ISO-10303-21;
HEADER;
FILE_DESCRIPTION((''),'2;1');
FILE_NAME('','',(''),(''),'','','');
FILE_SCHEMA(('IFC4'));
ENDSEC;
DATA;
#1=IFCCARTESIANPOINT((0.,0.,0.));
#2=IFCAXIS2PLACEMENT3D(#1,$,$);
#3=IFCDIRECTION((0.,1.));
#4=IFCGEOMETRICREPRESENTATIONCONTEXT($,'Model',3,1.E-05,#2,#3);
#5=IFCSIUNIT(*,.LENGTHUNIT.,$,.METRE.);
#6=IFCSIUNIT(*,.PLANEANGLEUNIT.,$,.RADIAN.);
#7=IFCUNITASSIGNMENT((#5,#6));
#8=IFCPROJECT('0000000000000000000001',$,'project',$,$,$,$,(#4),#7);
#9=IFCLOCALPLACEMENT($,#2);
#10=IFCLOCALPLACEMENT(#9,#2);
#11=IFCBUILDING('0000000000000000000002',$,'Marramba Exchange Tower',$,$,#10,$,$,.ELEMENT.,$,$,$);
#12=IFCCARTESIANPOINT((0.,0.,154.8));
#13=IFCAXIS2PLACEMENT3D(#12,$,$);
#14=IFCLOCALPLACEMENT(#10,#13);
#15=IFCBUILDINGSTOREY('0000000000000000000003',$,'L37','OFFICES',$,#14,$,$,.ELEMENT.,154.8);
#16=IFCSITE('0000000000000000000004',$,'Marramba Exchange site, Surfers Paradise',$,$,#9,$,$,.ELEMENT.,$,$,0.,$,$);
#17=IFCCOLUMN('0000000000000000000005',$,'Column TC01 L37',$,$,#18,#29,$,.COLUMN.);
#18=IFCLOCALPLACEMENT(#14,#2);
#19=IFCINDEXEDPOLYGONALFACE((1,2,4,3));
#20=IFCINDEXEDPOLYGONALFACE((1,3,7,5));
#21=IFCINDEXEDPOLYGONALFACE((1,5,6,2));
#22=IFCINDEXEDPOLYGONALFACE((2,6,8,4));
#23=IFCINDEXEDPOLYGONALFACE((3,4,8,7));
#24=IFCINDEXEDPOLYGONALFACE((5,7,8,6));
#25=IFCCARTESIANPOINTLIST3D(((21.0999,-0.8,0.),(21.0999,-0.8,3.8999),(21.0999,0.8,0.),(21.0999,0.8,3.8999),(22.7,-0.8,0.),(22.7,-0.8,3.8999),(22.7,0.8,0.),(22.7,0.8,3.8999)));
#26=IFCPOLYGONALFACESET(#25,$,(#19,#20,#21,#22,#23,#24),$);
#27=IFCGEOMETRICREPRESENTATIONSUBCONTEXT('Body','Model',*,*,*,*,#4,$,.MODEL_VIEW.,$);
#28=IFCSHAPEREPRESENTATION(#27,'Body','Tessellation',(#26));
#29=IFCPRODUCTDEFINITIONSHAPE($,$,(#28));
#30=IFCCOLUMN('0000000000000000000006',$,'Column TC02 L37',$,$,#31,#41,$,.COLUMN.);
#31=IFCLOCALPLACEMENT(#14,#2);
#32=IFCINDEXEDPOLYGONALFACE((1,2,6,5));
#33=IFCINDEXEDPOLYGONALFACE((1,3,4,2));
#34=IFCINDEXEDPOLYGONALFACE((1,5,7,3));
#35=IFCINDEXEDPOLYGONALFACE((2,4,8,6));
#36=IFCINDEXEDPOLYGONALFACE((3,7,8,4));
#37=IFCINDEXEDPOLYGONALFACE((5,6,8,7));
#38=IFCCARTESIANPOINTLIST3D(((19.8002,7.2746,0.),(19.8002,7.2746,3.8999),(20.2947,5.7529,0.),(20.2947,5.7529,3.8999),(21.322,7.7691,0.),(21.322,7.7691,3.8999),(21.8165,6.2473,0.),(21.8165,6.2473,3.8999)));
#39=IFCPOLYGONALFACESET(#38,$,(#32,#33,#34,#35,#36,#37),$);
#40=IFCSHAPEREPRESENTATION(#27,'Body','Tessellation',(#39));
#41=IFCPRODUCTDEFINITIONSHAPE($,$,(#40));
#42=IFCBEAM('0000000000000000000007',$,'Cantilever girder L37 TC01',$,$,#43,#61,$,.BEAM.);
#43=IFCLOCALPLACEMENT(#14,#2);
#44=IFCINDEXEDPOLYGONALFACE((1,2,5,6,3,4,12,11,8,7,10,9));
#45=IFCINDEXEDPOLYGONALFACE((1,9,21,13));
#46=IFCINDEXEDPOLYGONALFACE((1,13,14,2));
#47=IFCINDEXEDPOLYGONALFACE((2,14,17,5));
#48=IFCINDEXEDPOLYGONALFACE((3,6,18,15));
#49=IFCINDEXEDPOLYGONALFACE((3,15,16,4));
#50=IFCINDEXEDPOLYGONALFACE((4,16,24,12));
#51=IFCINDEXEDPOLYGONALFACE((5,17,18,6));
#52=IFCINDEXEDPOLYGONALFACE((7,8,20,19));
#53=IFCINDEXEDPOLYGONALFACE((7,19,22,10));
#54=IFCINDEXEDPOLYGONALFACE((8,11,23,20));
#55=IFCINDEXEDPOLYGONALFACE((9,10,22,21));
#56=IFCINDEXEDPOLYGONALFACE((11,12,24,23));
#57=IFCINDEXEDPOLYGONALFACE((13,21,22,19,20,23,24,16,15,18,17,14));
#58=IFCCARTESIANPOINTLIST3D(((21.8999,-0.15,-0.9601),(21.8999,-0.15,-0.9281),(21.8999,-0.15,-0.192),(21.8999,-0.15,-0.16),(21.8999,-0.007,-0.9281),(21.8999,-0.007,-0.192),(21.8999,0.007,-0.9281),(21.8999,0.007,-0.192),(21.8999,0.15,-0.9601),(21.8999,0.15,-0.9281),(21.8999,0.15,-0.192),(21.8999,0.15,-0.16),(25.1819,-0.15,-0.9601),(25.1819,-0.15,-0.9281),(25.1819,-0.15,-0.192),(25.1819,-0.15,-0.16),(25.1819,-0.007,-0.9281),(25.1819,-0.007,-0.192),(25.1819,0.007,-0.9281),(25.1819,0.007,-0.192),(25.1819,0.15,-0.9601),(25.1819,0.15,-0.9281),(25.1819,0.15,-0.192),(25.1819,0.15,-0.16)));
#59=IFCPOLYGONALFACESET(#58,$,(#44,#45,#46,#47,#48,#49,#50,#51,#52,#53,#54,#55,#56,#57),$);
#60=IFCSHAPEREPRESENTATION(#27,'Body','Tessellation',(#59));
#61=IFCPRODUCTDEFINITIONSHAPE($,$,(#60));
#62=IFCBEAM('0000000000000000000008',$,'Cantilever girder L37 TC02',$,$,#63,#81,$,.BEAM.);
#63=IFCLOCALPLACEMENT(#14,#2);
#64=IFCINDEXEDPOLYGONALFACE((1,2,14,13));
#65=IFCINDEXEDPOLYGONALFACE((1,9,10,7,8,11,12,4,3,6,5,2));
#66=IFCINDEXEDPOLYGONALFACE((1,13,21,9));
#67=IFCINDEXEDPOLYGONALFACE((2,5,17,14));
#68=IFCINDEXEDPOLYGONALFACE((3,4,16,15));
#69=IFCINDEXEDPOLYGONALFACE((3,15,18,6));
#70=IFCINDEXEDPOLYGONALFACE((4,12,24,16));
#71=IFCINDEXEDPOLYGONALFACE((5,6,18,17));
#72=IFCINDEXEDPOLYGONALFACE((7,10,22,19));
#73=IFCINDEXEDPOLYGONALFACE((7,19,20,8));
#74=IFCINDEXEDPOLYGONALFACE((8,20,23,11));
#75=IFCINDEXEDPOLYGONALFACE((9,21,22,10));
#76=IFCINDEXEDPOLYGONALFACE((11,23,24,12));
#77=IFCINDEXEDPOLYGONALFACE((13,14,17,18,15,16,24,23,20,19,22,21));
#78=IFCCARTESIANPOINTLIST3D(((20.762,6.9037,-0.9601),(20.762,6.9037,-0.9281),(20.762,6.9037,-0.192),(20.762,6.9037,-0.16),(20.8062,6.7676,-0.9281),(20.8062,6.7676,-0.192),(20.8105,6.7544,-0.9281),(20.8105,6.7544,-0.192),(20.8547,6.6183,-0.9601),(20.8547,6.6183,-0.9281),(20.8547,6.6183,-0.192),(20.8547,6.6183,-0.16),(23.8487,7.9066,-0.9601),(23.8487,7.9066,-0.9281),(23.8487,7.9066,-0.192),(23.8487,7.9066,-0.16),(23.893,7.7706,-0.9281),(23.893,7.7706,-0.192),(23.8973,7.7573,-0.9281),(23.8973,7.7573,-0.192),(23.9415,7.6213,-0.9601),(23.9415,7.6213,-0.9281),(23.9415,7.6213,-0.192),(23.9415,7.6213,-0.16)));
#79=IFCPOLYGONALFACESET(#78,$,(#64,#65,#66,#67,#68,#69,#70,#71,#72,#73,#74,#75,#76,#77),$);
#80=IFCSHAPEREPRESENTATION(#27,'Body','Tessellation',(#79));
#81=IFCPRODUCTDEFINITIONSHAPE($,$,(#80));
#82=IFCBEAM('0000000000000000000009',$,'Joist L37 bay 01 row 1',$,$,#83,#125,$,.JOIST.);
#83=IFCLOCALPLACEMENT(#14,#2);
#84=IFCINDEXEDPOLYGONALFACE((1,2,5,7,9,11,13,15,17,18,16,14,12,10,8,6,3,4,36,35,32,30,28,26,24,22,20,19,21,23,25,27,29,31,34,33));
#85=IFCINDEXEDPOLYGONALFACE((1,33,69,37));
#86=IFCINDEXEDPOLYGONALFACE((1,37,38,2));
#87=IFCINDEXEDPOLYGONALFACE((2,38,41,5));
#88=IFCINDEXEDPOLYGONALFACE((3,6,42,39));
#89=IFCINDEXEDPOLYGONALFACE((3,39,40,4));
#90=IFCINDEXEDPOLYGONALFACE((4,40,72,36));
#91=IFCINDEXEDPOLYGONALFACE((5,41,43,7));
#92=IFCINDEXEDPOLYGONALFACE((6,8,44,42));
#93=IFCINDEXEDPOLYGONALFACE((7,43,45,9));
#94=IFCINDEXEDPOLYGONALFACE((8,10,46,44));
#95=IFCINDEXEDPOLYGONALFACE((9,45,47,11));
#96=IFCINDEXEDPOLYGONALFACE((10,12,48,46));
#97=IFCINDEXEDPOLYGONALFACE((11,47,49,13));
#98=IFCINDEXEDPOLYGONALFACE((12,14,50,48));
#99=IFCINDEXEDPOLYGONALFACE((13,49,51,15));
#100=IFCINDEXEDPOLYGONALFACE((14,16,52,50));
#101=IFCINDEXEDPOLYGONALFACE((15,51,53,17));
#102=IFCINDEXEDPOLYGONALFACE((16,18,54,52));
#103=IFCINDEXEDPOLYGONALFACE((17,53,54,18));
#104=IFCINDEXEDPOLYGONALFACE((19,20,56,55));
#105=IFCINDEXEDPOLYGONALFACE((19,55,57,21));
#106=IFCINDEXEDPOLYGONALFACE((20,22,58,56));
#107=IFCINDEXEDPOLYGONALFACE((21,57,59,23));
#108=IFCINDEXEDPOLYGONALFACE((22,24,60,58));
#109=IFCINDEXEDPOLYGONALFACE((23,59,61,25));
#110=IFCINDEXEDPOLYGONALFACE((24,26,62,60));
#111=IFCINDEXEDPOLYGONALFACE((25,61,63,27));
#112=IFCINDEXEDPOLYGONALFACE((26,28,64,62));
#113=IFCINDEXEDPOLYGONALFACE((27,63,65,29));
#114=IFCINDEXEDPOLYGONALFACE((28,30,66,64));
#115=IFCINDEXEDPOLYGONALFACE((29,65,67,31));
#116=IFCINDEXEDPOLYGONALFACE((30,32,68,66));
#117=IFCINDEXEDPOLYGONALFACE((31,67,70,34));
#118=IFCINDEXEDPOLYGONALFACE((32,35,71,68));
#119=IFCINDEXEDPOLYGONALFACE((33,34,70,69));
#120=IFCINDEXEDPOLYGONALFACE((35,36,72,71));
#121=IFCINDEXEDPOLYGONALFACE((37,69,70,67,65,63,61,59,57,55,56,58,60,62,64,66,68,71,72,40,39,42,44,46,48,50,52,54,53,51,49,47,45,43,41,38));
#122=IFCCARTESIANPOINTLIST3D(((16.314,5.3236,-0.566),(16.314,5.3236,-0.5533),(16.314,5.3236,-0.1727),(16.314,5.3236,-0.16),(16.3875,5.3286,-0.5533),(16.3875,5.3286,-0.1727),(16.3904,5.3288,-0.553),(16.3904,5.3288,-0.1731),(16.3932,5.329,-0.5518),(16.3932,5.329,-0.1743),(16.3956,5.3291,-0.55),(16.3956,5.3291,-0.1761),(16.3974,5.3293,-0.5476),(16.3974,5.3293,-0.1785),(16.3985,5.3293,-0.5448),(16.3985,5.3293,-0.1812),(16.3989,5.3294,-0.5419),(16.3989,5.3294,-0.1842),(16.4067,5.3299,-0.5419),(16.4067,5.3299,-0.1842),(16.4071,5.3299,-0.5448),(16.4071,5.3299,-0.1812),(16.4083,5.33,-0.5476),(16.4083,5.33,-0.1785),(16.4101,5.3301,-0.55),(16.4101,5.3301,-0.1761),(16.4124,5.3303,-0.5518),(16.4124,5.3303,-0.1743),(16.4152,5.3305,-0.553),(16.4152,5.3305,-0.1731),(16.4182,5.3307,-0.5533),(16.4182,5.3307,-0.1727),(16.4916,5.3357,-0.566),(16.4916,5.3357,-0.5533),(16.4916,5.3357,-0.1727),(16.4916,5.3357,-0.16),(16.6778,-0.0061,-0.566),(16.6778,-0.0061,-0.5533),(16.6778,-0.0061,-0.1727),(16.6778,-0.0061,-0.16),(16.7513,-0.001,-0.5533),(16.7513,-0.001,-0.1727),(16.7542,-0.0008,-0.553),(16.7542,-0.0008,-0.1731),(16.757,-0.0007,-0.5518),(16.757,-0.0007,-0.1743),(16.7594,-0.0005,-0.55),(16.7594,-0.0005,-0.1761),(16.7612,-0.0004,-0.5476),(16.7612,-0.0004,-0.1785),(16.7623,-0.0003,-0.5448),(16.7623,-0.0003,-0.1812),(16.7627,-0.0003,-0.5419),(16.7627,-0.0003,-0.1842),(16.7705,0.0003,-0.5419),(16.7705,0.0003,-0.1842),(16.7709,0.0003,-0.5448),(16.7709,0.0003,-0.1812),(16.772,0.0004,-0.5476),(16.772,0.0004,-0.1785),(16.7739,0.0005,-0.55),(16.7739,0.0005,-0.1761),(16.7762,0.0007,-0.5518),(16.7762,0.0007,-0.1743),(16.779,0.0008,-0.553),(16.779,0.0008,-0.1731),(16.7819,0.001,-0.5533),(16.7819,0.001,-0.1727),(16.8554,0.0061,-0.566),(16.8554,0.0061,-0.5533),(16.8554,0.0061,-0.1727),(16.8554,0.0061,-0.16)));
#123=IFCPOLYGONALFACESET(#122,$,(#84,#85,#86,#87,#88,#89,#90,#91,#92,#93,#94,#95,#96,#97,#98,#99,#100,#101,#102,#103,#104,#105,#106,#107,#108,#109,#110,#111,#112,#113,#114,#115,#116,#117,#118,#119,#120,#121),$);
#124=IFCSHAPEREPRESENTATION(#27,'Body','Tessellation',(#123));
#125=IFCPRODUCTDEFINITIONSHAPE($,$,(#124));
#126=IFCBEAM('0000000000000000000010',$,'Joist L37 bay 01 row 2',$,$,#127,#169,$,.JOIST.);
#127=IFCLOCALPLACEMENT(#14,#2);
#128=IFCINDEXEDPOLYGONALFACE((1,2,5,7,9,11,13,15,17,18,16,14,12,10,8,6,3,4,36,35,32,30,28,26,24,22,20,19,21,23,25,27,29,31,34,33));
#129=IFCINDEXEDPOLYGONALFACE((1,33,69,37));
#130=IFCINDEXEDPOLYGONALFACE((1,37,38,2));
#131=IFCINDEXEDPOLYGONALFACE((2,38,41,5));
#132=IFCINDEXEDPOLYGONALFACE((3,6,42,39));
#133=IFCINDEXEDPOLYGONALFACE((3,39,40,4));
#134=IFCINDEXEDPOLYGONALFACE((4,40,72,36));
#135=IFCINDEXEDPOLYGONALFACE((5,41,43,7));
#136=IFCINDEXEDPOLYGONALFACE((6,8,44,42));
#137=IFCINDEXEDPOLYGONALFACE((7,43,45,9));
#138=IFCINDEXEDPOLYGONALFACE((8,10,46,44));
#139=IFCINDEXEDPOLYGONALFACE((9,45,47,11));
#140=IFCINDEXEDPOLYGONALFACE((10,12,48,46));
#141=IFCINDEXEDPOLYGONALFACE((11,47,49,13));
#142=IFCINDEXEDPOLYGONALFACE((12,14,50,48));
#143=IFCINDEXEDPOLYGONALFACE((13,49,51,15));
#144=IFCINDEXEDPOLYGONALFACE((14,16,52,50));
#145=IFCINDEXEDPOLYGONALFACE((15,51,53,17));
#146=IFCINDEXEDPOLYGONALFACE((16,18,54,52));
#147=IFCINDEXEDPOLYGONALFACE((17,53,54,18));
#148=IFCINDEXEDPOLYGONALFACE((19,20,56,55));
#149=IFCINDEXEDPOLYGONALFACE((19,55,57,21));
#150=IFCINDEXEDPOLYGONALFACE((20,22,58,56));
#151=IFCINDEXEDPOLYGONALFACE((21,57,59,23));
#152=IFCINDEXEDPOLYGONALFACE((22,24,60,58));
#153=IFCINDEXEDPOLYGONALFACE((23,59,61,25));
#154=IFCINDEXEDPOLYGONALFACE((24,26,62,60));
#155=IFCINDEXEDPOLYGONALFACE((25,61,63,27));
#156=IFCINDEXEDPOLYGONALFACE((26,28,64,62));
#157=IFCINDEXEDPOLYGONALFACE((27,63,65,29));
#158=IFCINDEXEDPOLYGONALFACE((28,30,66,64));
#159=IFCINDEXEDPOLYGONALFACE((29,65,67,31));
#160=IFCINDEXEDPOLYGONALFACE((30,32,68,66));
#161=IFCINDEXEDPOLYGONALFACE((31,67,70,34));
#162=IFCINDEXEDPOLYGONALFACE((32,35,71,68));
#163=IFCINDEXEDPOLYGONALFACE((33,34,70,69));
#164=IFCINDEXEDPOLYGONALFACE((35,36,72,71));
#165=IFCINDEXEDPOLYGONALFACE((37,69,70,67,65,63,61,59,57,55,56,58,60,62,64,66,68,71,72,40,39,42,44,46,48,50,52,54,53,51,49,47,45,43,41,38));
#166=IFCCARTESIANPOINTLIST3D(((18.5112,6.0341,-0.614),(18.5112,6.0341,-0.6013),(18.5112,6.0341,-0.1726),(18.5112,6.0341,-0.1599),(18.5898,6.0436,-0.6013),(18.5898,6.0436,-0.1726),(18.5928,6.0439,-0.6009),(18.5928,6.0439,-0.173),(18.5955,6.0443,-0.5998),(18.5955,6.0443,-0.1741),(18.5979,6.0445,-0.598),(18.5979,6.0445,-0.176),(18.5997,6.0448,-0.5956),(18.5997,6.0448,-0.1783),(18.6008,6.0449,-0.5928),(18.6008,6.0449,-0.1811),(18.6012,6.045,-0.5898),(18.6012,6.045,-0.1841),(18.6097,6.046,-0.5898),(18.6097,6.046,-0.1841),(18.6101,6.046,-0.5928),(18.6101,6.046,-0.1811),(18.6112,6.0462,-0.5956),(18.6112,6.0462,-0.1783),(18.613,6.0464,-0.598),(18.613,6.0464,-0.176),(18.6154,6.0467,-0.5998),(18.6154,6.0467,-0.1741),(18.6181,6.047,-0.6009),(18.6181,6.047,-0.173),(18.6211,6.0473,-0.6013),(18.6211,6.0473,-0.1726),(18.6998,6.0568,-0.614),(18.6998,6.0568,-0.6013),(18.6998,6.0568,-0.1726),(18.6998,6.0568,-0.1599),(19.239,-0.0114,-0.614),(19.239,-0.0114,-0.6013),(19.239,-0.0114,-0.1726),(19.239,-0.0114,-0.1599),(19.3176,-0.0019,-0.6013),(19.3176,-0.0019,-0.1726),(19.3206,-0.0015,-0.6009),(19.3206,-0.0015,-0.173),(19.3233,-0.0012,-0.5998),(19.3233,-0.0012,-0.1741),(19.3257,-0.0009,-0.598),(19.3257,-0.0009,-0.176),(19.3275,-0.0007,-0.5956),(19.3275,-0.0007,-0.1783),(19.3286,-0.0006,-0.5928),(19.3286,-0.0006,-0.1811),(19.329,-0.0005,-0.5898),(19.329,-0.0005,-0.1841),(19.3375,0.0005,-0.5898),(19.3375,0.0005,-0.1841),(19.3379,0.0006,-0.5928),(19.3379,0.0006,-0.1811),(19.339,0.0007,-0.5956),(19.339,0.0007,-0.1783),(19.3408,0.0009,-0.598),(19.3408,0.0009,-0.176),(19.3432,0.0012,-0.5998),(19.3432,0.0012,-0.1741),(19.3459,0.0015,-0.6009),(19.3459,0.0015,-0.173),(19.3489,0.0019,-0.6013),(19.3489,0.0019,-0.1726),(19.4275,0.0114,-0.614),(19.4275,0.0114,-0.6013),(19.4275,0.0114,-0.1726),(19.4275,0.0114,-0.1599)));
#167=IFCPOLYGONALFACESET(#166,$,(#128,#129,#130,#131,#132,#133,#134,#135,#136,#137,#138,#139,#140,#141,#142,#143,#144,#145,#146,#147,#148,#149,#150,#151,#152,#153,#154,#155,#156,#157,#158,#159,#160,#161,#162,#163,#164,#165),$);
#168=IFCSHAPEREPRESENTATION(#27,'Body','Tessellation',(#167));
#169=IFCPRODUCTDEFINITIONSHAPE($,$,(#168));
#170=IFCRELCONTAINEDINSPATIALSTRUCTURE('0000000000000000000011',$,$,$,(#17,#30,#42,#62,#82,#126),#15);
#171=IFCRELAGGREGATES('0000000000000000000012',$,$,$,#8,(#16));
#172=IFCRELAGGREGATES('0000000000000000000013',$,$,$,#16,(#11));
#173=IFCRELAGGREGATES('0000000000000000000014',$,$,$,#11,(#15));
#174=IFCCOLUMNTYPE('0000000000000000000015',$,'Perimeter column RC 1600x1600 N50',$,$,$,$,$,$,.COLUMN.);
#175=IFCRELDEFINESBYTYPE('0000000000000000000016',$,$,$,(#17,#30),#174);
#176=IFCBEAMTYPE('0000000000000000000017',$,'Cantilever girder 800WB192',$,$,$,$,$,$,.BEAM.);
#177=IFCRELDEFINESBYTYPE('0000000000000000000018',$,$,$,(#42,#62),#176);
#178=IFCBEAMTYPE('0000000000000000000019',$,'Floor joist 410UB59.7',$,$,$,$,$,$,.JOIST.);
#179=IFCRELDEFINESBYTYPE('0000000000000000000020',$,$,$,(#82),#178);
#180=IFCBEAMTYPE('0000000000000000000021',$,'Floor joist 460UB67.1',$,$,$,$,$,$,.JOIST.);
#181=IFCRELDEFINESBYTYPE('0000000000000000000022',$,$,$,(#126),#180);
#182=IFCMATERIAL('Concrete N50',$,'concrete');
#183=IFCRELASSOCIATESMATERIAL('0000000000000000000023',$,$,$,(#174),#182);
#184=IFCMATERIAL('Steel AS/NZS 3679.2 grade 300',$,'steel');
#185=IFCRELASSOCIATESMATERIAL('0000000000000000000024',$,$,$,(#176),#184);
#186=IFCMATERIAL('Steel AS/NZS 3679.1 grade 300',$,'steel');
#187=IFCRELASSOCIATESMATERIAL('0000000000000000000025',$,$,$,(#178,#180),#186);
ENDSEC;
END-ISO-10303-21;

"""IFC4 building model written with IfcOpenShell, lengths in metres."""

from ifc_helpers import new_model, si_unit, direction, frame, origin, origin_2d, place, context, subcontext, project, spatial, rectangle, i_section, extrude, material, material_profile, profile_set, type_object, element, save


model = new_model("IFC4")

# Units and contexts
model_context = context("Model", 3, precision=1e-05, world=origin(), true_north=direction((0.0, 1.0)))
body_context = subcontext(model_context, "Body", "Model", "MODEL_VIEW")
ifc_project = project(units=[si_unit("LENGTHUNIT", "METRE"), si_unit("PLANEANGLEUNIT", "RADIAN")], contexts=[model_context])

# Site, building, storey
site_placement = place(None, origin())
site = spatial("IfcSite", under=ifc_project, at=site_placement, Name="Marramba Exchange site, Surfers Paradise", CompositionType="ELEMENT", RefElevation=0.0)
building_placement = place(site_placement, origin())
building = spatial("IfcBuilding", under=site, at=building_placement, Name="Marramba Exchange Tower", CompositionType="ELEMENT")
storey_placement = place(building_placement, frame((0.0, 0.0, 154.8)))
storey = spatial("IfcBuildingStorey", under=building, at=storey_placement, Name="L37", Description="OFFICES", CompositionType="ELEMENT", Elevation=154.8)

# Columns
ifc_material_1 = material(Name="Concrete N50", Category="concrete")
ifc_material_profile_1 = material_profile(ifc_material_1, rectangle(XDim=1.6001, YDim=1.6001, at=origin_2d()), Name="RC 1600x1600")
ifc_profile_set_1 = profile_set([ifc_material_profile_1], Name="Concrete N50")
column_type = type_object("IfcColumnType", Name="Perimeter column RC 1600x1600 N50", PredefinedType="COLUMN", material=ifc_profile_set_1)
for number, where, z_axis, x_axis, name in (
    (1, (21.8999, 0.0, 0.0), (0.0, 0.0, 1.0), (1.0, 0.0, 0.0), "Column TC01 L37"),
    (2, (20.8083, 6.761, 0.0), (0.0, 0.0, 1.0), (0.951057, 0.309017, 0.0), "Column TC02 L37"),
):
    element("IfcColumn", number, at=place(storey_placement, frame(where, z_axis=z_axis, x_axis=x_axis)), inside=storey, type_object=column_type, Name=name, PredefinedType="COLUMN", context=body_context, shape_type="SweptSolid", body=[
        extrude(rectangle(XDim=1.6001, YDim=1.6001, at=origin_2d()), origin(), (0.0, 0.0, 1.0), 3.8999),
    ])

# Beams
ifc_material_2 = material(Name="Steel AS/NZS 3679.2 grade 300", Category="steel")
ifc_material_profile_2 = material_profile(ifc_material_2, i_section(OverallWidth=0.3, OverallDepth=0.8, WebThickness=0.0139, FlangeThickness=0.032, at=origin_2d()), Name="800WB192")
ifc_profile_set_2 = profile_set([ifc_material_profile_2], Name="Steel AS/NZS 3679.2 grade 300")
beam_type_1 = type_object("IfcBeamType", Name="Cantilever girder 800WB192", PredefinedType="BEAM", material=ifc_profile_set_2)
beam_1_placement = place(storey_placement, frame((21.8999, 0.0, -0.5601), z_axis=(1.0, 0.0, 0.0), x_axis=(0.0, 1.0, 0.0)))
element("IfcBeam", 3, at=beam_1_placement, inside=storey, type_object=beam_type_1, Name="Cantilever girder L37 TC01", PredefinedType="BEAM", context=body_context, shape_type="SweptSolid", body=[
    extrude(i_section(OverallWidth=0.3, OverallDepth=0.8, WebThickness=0.0139, FlangeThickness=0.032, at=origin_2d()), origin(), (0.0, 0.0, 1.0), 3.282),
])
beam_2_placement = place(storey_placement, frame((20.8083, 6.761, -0.5601), z_axis=(0.951056, 0.30902, 0.0), x_axis=(-0.30902, 0.951056, 0.0)))
element("IfcBeam", 4, at=beam_2_placement, inside=storey, type_object=beam_type_1, Name="Cantilever girder L37 TC02", PredefinedType="BEAM", context=body_context, shape_type="SweptSolid", body=[
    extrude(i_section(OverallWidth=0.3, OverallDepth=0.8, WebThickness=0.0139, FlangeThickness=0.032, at=origin_2d()), origin(), (0.0, 0.0, 1.0), 3.2456),
])
ifc_material_3 = material(Name="Steel AS/NZS 3679.1 grade 300", Category="steel")
ifc_material_profile_3 = material_profile(ifc_material_3, i_section(OverallWidth=0.178, OverallDepth=0.406, WebThickness=0.0078, FlangeThickness=0.0127, FilletRadius=0.0115, at=origin_2d()), Name="410UB59.7")
ifc_profile_set_3 = profile_set([ifc_material_profile_3], Name="Steel AS/NZS 3679.1 grade 300")
beam_type_2 = type_object("IfcBeamType", Name="Floor joist 410UB59.7", PredefinedType="JOIST", material=ifc_profile_set_3)
beam_3_placement = place(storey_placement, frame((16.7666, 0.0, -0.363), z_axis=(-0.068096, 0.997679, 0.0), x_axis=(-0.997679, -0.068096, 0.0)))
element("IfcBeam", 5, at=beam_3_placement, inside=storey, type_object=beam_type_2, Name="Joist L37 bay 01 row 1", PredefinedType="JOIST", context=body_context, shape_type="SweptSolid", body=[
    extrude(i_section(OverallWidth=0.178, OverallDepth=0.406, WebThickness=0.0078, FlangeThickness=0.0127, FilletRadius=0.0115, at=origin_2d()), origin(), (0.0, 0.0, 1.0), 5.342),
])
ifc_material_profile_4 = material_profile(ifc_material_3, i_section(OverallWidth=0.1899, OverallDepth=0.4541, WebThickness=0.0085, FlangeThickness=0.0127, FilletRadius=0.0115, at=origin_2d()), Name="460UB67.1")
ifc_profile_set_4 = profile_set([ifc_material_profile_4], Name="Steel AS/NZS 3679.1 grade 300")
beam_type_3 = type_object("IfcBeamType", Name="Floor joist 460UB67.1", PredefinedType="JOIST", material=ifc_profile_set_4)
beam_4_placement = place(storey_placement, frame((19.3333, 0.0, -0.387), z_axis=(-0.119523, 0.992831, 0.0), x_axis=(-0.992831, -0.119523, 0.0)))
element("IfcBeam", 6, at=beam_4_placement, inside=storey, type_object=beam_type_3, Name="Joist L37 bay 01 row 2", PredefinedType="JOIST", context=body_context, shape_type="SweptSolid", body=[
    extrude(i_section(OverallWidth=0.1899, OverallDepth=0.4541, WebThickness=0.0085, FlangeThickness=0.0127, FilletRadius=0.0115, at=origin_2d()), origin(), (0.0, 0.0, 1.0), 6.0891),
])

save(model, "model.ifc")
